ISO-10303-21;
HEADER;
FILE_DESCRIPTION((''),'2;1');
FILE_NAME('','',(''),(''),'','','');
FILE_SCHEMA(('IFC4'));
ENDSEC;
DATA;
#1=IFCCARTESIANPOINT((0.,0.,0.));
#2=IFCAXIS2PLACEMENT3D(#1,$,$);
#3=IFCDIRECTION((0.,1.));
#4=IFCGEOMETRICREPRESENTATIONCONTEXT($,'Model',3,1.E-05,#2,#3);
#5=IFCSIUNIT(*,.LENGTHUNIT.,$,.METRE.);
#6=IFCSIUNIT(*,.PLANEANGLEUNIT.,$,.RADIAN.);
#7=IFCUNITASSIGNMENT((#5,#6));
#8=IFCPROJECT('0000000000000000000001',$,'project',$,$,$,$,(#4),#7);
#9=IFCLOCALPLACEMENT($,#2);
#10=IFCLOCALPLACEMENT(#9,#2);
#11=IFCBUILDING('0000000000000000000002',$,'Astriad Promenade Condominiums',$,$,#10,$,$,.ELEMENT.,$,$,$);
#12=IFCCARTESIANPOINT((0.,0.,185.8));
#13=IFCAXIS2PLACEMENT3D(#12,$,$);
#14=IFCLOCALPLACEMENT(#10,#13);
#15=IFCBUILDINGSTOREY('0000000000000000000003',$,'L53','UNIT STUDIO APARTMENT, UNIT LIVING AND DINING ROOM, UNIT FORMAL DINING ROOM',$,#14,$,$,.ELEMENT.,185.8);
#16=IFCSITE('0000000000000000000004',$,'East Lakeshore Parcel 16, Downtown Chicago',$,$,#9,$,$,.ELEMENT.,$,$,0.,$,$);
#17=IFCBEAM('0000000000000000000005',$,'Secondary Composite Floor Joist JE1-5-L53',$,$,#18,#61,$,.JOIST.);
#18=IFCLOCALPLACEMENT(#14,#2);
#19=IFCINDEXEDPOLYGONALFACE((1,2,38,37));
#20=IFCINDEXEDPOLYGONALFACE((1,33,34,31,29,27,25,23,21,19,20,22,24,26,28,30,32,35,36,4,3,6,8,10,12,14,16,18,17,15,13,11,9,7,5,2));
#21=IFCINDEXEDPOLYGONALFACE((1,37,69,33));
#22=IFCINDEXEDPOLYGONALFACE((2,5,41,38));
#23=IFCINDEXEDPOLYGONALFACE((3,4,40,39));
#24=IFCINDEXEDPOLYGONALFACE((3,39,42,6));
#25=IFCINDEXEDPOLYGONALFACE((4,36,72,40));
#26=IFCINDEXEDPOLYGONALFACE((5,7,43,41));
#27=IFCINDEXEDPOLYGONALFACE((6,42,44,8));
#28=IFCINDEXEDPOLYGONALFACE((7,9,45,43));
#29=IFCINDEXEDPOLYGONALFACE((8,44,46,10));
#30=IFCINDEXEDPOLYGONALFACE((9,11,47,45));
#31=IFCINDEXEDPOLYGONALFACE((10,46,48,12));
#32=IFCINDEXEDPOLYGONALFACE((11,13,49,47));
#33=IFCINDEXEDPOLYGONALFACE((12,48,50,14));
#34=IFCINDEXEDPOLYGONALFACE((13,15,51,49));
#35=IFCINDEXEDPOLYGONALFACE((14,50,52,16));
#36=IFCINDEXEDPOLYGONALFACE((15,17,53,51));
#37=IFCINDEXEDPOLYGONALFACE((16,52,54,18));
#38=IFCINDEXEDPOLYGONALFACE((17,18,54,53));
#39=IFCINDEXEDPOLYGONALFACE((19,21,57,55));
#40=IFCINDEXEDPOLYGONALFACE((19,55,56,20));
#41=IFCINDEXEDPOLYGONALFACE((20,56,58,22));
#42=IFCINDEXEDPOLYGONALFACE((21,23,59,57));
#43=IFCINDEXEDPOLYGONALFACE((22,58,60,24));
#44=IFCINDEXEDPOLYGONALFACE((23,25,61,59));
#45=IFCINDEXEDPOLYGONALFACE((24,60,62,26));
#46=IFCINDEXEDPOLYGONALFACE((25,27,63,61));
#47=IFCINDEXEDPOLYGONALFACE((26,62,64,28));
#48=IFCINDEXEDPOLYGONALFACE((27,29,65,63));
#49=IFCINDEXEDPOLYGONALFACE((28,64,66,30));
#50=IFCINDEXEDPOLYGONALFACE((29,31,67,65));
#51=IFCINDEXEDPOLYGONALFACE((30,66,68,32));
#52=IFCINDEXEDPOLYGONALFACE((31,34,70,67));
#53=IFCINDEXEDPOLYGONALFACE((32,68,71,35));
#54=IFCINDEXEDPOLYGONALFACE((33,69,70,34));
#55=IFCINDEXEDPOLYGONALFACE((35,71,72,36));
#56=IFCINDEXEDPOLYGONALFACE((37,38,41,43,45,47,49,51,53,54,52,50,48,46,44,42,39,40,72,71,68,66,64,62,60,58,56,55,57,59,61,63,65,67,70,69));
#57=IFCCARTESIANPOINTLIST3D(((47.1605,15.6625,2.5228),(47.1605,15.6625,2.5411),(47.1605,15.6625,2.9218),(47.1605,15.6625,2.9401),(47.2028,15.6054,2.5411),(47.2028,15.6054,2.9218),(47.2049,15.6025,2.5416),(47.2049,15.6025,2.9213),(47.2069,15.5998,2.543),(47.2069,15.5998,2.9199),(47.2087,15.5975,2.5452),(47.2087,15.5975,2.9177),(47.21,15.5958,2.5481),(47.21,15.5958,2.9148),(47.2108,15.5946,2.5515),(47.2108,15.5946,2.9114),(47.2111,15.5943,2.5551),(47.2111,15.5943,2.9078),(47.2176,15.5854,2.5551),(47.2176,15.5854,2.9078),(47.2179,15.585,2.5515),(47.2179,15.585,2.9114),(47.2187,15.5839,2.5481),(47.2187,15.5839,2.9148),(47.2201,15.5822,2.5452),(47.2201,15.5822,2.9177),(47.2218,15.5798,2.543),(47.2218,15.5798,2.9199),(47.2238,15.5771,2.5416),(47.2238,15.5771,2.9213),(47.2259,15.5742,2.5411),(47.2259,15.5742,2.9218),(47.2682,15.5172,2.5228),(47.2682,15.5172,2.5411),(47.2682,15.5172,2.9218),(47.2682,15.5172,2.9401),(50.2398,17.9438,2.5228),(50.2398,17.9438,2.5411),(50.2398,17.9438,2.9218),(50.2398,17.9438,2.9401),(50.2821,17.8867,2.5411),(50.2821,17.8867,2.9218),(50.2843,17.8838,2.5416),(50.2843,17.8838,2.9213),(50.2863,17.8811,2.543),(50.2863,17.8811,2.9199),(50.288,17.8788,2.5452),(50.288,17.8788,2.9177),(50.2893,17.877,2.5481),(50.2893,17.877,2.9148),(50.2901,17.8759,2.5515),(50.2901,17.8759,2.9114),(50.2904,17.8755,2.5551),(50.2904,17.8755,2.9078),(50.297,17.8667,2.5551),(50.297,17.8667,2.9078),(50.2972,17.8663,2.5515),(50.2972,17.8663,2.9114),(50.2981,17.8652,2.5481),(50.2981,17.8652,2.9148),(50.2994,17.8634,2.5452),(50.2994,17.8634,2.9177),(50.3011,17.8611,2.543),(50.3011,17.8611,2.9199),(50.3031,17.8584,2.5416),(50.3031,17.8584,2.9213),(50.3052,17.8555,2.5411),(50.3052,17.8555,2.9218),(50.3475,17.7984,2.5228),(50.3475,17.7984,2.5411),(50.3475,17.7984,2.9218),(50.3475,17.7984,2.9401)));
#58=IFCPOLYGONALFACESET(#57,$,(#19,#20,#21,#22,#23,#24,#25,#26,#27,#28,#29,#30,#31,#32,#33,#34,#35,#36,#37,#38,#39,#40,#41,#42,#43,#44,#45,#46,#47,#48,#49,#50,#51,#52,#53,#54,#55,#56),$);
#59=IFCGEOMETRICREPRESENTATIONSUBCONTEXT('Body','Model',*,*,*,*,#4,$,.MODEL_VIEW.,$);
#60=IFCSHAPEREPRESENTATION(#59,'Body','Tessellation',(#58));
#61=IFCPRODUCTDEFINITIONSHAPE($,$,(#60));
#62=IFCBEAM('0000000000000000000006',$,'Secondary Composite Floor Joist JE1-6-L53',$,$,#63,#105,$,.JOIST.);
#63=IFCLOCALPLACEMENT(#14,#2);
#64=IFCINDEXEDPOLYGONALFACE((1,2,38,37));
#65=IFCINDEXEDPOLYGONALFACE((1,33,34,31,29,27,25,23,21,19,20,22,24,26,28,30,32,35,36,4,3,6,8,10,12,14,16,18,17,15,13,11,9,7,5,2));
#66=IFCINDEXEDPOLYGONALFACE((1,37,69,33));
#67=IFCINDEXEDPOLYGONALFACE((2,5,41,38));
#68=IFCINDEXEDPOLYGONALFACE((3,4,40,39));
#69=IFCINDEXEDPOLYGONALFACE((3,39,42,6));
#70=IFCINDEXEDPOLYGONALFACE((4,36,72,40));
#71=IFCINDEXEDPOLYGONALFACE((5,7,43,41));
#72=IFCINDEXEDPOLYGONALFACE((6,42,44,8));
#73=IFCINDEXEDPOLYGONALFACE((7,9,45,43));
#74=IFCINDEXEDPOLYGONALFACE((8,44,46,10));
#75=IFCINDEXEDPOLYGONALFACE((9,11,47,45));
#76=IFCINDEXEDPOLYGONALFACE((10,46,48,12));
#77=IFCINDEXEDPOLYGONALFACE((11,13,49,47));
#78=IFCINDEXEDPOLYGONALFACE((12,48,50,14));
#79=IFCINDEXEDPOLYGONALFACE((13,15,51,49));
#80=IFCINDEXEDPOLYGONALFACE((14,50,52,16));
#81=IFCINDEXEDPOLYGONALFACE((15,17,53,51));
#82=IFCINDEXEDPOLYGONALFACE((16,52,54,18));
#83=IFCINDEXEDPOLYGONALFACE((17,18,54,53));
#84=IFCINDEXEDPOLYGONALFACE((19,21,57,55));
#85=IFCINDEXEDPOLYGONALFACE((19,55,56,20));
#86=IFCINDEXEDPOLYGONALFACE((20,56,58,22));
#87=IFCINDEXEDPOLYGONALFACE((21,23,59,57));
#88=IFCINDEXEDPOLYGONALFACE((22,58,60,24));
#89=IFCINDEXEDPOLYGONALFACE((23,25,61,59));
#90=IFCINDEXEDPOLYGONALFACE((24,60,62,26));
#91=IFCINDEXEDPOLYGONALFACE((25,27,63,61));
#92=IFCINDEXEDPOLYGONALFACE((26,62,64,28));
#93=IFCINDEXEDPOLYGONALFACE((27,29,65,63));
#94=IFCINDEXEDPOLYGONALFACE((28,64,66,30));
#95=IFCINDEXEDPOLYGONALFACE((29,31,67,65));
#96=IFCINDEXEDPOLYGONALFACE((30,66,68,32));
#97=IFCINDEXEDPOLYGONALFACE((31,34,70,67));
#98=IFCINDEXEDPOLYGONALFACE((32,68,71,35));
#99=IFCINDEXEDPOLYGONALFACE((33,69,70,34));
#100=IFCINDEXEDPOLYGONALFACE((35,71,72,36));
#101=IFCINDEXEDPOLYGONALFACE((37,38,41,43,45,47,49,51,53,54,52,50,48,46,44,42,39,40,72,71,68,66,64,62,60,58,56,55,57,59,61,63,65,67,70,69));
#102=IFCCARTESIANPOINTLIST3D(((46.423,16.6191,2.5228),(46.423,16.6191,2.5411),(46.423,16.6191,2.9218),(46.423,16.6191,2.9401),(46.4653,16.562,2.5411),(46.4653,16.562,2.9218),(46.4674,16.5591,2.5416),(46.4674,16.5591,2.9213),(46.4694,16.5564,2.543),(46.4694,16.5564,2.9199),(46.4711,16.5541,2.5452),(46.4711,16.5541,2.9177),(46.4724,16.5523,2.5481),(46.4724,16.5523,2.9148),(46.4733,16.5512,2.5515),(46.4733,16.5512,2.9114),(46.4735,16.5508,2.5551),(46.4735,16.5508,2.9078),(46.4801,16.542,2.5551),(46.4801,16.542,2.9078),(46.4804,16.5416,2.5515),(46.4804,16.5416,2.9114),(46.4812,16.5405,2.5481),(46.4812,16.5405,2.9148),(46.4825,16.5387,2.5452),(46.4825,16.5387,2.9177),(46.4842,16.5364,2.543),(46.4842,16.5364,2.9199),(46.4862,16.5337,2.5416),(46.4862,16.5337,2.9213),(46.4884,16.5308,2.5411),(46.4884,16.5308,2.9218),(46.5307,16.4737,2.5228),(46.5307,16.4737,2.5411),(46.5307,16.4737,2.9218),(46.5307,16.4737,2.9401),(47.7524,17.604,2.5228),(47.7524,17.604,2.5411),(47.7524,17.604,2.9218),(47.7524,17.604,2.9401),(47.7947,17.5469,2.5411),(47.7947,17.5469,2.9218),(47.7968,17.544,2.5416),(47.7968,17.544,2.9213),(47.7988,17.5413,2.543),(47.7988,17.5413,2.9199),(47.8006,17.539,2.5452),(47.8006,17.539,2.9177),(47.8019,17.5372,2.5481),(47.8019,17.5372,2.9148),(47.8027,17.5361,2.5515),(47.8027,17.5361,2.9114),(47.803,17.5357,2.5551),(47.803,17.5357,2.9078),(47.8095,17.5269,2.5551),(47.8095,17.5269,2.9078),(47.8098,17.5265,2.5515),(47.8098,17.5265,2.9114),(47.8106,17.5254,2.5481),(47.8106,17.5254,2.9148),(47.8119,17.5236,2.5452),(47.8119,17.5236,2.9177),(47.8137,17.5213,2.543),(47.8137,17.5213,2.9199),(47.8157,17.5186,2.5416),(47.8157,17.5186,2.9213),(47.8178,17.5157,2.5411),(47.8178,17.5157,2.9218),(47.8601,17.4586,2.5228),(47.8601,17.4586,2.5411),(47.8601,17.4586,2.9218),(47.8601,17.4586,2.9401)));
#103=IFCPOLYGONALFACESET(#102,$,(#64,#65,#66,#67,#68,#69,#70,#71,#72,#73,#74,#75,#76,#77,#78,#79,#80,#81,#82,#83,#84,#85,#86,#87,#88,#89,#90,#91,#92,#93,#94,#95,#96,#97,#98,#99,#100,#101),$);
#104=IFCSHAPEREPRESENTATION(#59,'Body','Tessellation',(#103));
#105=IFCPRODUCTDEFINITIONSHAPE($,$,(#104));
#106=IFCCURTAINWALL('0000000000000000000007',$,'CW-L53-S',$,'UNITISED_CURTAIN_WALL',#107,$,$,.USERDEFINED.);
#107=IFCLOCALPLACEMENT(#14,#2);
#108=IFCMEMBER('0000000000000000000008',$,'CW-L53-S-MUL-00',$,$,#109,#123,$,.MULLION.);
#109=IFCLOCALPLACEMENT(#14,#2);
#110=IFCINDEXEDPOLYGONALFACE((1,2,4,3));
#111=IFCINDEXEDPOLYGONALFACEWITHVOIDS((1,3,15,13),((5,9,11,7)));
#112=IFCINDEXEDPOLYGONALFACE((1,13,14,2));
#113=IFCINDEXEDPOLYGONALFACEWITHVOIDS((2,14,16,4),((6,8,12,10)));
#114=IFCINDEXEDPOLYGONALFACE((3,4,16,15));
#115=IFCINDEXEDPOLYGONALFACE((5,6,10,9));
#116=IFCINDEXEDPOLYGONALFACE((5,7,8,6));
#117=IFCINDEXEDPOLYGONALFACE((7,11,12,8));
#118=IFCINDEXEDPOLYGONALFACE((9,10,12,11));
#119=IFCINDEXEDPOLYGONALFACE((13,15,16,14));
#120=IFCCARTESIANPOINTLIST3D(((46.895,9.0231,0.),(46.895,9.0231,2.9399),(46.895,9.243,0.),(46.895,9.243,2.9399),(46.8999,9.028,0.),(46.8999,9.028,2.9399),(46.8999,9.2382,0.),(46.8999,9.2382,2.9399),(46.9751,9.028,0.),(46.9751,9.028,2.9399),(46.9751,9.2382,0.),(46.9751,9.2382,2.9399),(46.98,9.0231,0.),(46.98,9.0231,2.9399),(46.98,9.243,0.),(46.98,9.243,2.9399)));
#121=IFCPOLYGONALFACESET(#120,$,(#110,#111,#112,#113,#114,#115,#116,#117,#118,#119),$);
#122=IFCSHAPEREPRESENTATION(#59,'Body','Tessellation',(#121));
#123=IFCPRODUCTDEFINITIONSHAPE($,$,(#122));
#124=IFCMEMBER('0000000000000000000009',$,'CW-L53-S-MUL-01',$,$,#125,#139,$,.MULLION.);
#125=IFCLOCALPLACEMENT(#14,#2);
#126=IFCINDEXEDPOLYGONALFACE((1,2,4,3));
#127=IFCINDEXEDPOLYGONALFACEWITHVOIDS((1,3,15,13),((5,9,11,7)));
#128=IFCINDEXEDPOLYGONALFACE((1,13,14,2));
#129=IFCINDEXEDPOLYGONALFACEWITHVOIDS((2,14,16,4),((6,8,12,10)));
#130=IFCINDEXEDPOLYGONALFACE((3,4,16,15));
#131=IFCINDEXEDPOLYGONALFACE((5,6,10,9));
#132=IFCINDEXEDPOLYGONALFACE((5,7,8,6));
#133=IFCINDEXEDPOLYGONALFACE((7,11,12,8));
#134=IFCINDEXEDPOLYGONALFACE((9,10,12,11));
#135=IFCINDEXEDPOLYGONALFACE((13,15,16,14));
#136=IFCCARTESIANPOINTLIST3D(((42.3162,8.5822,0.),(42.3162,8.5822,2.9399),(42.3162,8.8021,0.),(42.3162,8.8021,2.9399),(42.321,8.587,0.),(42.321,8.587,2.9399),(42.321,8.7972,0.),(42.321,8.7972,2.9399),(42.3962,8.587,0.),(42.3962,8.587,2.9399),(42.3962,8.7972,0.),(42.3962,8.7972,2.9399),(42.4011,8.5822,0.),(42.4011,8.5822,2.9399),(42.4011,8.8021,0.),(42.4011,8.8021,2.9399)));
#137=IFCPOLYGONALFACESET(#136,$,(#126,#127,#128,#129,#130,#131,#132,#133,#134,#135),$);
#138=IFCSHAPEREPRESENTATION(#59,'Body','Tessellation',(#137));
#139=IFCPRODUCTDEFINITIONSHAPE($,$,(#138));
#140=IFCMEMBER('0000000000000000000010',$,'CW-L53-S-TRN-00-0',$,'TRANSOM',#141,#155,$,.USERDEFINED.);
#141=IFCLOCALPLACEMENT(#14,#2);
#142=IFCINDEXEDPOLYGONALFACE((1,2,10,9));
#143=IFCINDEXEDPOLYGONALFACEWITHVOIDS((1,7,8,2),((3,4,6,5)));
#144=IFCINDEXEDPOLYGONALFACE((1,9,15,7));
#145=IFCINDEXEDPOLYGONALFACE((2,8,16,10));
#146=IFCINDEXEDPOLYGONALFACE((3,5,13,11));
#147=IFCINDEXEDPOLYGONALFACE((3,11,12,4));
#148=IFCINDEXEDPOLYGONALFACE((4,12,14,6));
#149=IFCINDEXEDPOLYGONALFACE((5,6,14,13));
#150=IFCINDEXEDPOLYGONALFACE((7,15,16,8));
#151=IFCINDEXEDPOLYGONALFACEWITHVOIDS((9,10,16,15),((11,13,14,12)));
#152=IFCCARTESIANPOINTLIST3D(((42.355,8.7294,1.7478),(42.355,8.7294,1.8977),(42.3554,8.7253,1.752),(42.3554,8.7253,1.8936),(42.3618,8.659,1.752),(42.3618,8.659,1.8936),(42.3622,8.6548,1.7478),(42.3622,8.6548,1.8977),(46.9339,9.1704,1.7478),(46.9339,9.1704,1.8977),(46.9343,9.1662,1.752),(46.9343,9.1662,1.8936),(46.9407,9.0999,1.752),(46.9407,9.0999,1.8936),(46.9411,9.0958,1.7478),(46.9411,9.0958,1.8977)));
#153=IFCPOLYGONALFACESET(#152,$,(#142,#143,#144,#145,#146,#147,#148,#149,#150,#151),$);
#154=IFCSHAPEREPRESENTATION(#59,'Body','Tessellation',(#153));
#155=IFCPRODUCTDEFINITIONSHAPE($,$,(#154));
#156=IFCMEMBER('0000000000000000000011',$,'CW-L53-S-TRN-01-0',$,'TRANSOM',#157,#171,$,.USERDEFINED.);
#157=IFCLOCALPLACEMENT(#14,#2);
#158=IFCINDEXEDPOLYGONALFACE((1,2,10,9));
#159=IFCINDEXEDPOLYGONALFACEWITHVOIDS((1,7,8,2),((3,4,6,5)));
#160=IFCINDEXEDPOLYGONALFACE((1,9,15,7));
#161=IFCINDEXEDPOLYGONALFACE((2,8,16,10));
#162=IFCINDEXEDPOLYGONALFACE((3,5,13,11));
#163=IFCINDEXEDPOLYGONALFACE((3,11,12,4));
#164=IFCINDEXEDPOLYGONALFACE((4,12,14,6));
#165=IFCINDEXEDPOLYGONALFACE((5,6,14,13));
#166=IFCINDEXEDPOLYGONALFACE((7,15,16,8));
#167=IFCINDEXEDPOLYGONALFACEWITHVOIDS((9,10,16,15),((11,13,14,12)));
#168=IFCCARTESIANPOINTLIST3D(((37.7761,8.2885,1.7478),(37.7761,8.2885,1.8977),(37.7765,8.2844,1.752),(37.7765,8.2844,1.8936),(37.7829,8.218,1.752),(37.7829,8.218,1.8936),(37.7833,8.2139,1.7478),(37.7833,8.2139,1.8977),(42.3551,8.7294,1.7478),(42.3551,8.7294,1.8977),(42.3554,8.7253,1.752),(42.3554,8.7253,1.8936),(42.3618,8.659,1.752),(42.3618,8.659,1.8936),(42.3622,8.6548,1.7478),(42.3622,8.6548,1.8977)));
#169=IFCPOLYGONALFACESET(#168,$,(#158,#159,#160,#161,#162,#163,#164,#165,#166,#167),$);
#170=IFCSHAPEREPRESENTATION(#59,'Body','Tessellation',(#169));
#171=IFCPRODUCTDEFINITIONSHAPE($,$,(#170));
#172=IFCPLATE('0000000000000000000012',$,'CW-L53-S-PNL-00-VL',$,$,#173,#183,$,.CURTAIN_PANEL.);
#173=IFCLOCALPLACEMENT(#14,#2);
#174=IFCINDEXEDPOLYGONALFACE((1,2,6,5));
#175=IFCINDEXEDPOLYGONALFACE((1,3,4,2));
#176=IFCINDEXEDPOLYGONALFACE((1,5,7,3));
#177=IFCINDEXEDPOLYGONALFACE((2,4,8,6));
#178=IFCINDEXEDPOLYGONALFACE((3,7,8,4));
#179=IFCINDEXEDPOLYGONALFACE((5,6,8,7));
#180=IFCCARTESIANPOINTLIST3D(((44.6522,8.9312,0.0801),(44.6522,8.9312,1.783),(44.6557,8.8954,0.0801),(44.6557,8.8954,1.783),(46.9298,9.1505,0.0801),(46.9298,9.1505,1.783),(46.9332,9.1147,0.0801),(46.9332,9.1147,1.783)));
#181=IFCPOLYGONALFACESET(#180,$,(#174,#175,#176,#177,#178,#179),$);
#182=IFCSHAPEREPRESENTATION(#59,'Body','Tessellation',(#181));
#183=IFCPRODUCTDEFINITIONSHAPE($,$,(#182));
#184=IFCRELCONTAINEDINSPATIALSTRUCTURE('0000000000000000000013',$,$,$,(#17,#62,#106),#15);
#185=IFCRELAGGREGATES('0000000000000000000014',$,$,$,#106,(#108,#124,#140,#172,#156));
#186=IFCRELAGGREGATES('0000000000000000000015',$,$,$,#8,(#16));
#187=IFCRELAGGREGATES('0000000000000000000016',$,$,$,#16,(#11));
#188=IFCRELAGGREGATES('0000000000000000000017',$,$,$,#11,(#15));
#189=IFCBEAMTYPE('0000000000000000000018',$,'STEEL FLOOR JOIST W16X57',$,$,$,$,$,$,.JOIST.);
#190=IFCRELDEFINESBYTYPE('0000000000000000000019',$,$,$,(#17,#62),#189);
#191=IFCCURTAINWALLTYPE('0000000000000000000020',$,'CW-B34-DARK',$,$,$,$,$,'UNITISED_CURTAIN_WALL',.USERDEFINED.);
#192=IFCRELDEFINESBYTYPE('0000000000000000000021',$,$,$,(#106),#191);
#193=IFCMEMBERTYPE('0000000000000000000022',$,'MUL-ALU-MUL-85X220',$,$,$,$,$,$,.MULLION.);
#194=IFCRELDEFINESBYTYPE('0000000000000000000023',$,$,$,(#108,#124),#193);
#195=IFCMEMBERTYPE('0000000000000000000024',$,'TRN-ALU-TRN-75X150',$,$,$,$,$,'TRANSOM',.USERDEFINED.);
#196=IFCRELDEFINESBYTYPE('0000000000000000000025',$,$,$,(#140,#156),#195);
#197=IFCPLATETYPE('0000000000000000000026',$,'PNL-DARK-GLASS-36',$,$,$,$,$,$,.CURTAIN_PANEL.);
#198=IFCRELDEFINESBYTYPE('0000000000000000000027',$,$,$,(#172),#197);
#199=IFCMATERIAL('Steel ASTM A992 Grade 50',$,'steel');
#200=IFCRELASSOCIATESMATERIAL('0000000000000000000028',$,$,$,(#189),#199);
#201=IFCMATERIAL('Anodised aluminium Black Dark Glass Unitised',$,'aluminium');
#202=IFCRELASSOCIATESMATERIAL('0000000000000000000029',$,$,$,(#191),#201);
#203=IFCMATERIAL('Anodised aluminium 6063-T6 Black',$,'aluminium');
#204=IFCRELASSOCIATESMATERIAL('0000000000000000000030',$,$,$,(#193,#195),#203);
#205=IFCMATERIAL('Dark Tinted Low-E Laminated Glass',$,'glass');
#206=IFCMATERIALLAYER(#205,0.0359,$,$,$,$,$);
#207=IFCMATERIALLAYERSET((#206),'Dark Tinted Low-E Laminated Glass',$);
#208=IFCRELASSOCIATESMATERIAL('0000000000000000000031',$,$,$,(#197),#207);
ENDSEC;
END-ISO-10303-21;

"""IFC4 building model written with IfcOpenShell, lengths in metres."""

from ifc_helpers import new_model, si_unit, direction, frame, origin, origin_2d, place, context, subcontext, project, spatial, rectangle, hollow_rectangle, i_section, extrude, source, transform, mapped, material, layer, layer_set, material_profile, profile_set, type_object, type_shapes, element, aggregate, save


model = new_model("IFC4")

# Units and contexts
model_context = context("Model", 3, precision=1e-05, world=origin(), true_north=direction((0.0, 1.0)))
body_context = subcontext(model_context, "Body", "Model", "MODEL_VIEW")
ifc_project = project(units=[si_unit("LENGTHUNIT", "METRE"), si_unit("PLANEANGLEUNIT", "RADIAN")], contexts=[model_context])

# Site, building, storey
site_placement = place(None, origin())
site = spatial("IfcSite", under=ifc_project, at=site_placement, Name="East Lakeshore Parcel 16, Downtown Chicago", CompositionType="ELEMENT", RefElevation=0.0)
building_placement = place(site_placement, origin())
building = spatial("IfcBuilding", under=site, at=building_placement, Name="Astriad Promenade Condominiums", CompositionType="ELEMENT")
storey_placement = place(building_placement, frame((0.0, 0.0, 185.8)))
storey = spatial("IfcBuildingStorey", under=building, at=storey_placement, Name="L53", Description="UNIT STUDIO APARTMENT, UNIT LIVING AND DINING ROOM, UNIT FORMAL DINING ROOM", CompositionType="ELEMENT", Elevation=185.8)

# Beams
ifc_material_1 = material(Name="Steel ASTM A992 Grade 50", Category="steel")
ifc_material_profile_1 = material_profile(ifc_material_1, i_section(OverallWidth=0.1809, OverallDepth=0.4172, WebThickness=0.011, FlangeThickness=0.0183, FilletRadius=0.0139, at=origin_2d()), Name="W16X57")
ifc_profile_set_1 = profile_set([ifc_material_profile_1], Name="Steel ASTM A992 Grade 50")
beam_type = type_object("IfcBeamType", Name="STEEL FLOOR JOIST W16X57", PredefinedType="JOIST", material=ifc_profile_set_1)
shared_shape_1 = source(origin(), body_context, "Body", "SweptSolid", [
    extrude(i_section(OverallWidth=0.1809, OverallDepth=0.4172, WebThickness=0.011, FlangeThickness=0.0183, FilletRadius=0.0139, at=origin_2d()), origin(), (0.0, 0.0, 1.0), 3.8323),
])
beam_1_placement = place(storey_placement, frame((47.2144, 15.5898, 2.7314), z_axis=(0.803526, 0.59527, 0.0), x_axis=(-0.59527, 0.803526, 0.0)))
element("IfcBeam", 1, at=beam_1_placement, inside=storey, type_object=beam_type, Name="Secondary Composite Floor Joist JE1-5-L53", PredefinedType="JOIST", context=body_context, shape_type="MappedRepresentation", body=[
    mapped(shared_shape_1, transform((0.0, 0.0, 0.0), scale=1.0)),
])
shared_shape_2 = source(origin(), body_context, "Body", "SweptSolid", [
    extrude(i_section(OverallWidth=0.1809, OverallDepth=0.4172, WebThickness=0.011, FlangeThickness=0.0183, FilletRadius=0.0139, at=origin_2d()), origin(), (0.0, 0.0, 1.0), 1.6545),
])
type_shapes(beam_type, [shared_shape_1, shared_shape_2])
beam_2_placement = place(storey_placement, frame((46.4768, 16.5464, 2.7314), z_axis=(0.80351, 0.595291, 0.0), x_axis=(-0.595291, 0.80351, 0.0)))
element("IfcBeam", 2, at=beam_2_placement, inside=storey, type_object=beam_type, Name="Secondary Composite Floor Joist JE1-6-L53", PredefinedType="JOIST", context=body_context, shape_type="MappedRepresentation", body=[
    mapped(shared_shape_2, transform((0.0, 0.0, 0.0), scale=1.0)),
])

# Curtain wall, members, plate
ifc_material_2 = material(Name="Anodised aluminium Black Dark Glass Unitised", Category="aluminium")
curtain_wall_type = type_object("IfcCurtainWallType", Name="CW-B34-DARK", ElementType="UNITISED_CURTAIN_WALL", PredefinedType="USERDEFINED", material=ifc_material_2)
curtain_wall_placement = place(storey_placement, origin())
curtain_wall = element("IfcCurtainWall", 3, at=curtain_wall_placement, inside=storey, type_object=curtain_wall_type, Name="CW-L53-S", ObjectType="UNITISED_CURTAIN_WALL", PredefinedType="USERDEFINED")
ifc_material_3 = material(Name="Anodised aluminium 6063-T6 Black", Category="aluminium")
ifc_material_profile_2 = material_profile(ifc_material_3, hollow_rectangle(XDim=0.085, YDim=0.22, WallThickness=0.0049, at=origin_2d()), Name="ALU-MUL-85X220")
ifc_profile_set_2 = profile_set([ifc_material_profile_2], Name="Anodised aluminium 6063-T6 Black")
member_type_1 = type_object("IfcMemberType", Name="MUL-ALU-MUL-85X220", PredefinedType="MULLION", material=ifc_profile_set_2)
shared_shape_3 = source(origin(), body_context, "Body", "SweptSolid", [
    extrude(hollow_rectangle(XDim=0.085, YDim=0.22, WallThickness=0.0049, at=origin_2d()), origin(), (0.0, 0.0, 1.0), 2.9399),
])
type_shapes(member_type_1, [shared_shape_3])
member_1_placement = place(storey_placement, frame((46.9375, 9.1331, 0.0), z_axis=(0.0, 0.0, 1.0), x_axis=(1.0, 0.0, 0.0)))
member_1 = element("IfcMember", 4, at=member_1_placement, type_object=member_type_1, Name="CW-L53-S-MUL-00", PredefinedType="MULLION", context=body_context, shape_type="MappedRepresentation", body=[
    mapped(shared_shape_3, transform((0.0, 0.0, 0.0), scale=1.0)),
])
member_2_placement = place(storey_placement, frame((42.3586, 8.6921, 0.0), z_axis=(0.0, 0.0, 1.0), x_axis=(1.0, 0.0, 0.0)))
member_2 = element("IfcMember", 5, at=member_2_placement, type_object=member_type_1, Name="CW-L53-S-MUL-01", PredefinedType="MULLION", context=body_context, shape_type="MappedRepresentation", body=[
    mapped(shared_shape_3, transform((0.0, 0.0, 0.0), scale=1.0)),
])
ifc_material_profile_3 = material_profile(ifc_material_3, hollow_rectangle(XDim=0.075, YDim=0.1499, WallThickness=0.0042, at=origin_2d()), Name="ALU-TRN-75X150")
ifc_profile_set_3 = profile_set([ifc_material_profile_3], Name="Anodised aluminium 6063-T6 Black")
member_type_2 = type_object("IfcMemberType", Name="TRN-ALU-TRN-75X150", ElementType="TRANSOM", PredefinedType="USERDEFINED", material=ifc_profile_set_3)
shared_shape_4 = source(origin(), body_context, "Body", "SweptSolid", [
    extrude(hollow_rectangle(XDim=0.075, YDim=0.1499, WallThickness=0.0042, at=origin_2d()), origin(), (0.0, 0.0, 1.0), 4.6001),
])
type_shapes(member_type_2, [shared_shape_4])
member_3_placement = place(storey_placement, frame((46.9375, 9.1331, 1.8228), z_axis=(-0.995396, -0.095851, 0.0), x_axis=(0.095851, -0.995396, 0.0)))
member_3 = element("IfcMember", 6, at=member_3_placement, type_object=member_type_2, Name="CW-L53-S-TRN-00-0", ObjectType="TRANSOM", PredefinedType="USERDEFINED", context=body_context, shape_type="MappedRepresentation", body=[
    mapped(shared_shape_4, transform((0.0, 0.0, 0.0), scale=1.0)),
])
member_4_placement = place(storey_placement, frame((42.3586, 8.6921, 1.8228), z_axis=(-0.995396, -0.095851, 0.0), x_axis=(0.095851, -0.995396, 0.0)))
member_4 = element("IfcMember", 7, at=member_4_placement, type_object=member_type_2, Name="CW-L53-S-TRN-01-0", ObjectType="TRANSOM", PredefinedType="USERDEFINED", context=body_context, shape_type="MappedRepresentation", body=[
    mapped(shared_shape_4, transform((0.0, 0.0, 0.0), scale=1.0)),
])
ifc_material_4 = material(Name="Dark Tinted Low-E Laminated Glass", Category="glass")
ifc_layer_1 = layer(ifc_material_4, 0.0359)
ifc_layer_set_1 = layer_set([ifc_layer_1], Name="Dark Tinted Low-E Laminated Glass")
plate_type = type_object("IfcPlateType", Name="PNL-DARK-GLASS-36", PredefinedType="CURTAIN_PANEL", material=ifc_layer_set_1)
shared_shape_5 = source(origin(), body_context, "Body", "SweptSolid", [
    extrude(rectangle(XDim=2.2881, YDim=0.0359, at=origin_2d()), origin(), (0.0, 0.0, 1.0), 1.7029),
])
plate_1_placement = place(storey_placement, frame((45.7927, 9.0229, 0.0801), z_axis=(0.0, 0.0, 1.0), x_axis=(-0.995396, -0.095846, 0.0)))
plate_1 = element("IfcPlate", 8, at=plate_1_placement, type_object=plate_type, Name="CW-L53-S-PNL-00-VL", PredefinedType="CURTAIN_PANEL", context=body_context, shape_type="MappedRepresentation", body=[
    mapped(shared_shape_5, transform((0.0, 0.0, 0.0), scale=1.0)),
])
aggregate(curtain_wall, [member_1, member_2, member_3, plate_1, member_4])

save(model, "model.ifc")
